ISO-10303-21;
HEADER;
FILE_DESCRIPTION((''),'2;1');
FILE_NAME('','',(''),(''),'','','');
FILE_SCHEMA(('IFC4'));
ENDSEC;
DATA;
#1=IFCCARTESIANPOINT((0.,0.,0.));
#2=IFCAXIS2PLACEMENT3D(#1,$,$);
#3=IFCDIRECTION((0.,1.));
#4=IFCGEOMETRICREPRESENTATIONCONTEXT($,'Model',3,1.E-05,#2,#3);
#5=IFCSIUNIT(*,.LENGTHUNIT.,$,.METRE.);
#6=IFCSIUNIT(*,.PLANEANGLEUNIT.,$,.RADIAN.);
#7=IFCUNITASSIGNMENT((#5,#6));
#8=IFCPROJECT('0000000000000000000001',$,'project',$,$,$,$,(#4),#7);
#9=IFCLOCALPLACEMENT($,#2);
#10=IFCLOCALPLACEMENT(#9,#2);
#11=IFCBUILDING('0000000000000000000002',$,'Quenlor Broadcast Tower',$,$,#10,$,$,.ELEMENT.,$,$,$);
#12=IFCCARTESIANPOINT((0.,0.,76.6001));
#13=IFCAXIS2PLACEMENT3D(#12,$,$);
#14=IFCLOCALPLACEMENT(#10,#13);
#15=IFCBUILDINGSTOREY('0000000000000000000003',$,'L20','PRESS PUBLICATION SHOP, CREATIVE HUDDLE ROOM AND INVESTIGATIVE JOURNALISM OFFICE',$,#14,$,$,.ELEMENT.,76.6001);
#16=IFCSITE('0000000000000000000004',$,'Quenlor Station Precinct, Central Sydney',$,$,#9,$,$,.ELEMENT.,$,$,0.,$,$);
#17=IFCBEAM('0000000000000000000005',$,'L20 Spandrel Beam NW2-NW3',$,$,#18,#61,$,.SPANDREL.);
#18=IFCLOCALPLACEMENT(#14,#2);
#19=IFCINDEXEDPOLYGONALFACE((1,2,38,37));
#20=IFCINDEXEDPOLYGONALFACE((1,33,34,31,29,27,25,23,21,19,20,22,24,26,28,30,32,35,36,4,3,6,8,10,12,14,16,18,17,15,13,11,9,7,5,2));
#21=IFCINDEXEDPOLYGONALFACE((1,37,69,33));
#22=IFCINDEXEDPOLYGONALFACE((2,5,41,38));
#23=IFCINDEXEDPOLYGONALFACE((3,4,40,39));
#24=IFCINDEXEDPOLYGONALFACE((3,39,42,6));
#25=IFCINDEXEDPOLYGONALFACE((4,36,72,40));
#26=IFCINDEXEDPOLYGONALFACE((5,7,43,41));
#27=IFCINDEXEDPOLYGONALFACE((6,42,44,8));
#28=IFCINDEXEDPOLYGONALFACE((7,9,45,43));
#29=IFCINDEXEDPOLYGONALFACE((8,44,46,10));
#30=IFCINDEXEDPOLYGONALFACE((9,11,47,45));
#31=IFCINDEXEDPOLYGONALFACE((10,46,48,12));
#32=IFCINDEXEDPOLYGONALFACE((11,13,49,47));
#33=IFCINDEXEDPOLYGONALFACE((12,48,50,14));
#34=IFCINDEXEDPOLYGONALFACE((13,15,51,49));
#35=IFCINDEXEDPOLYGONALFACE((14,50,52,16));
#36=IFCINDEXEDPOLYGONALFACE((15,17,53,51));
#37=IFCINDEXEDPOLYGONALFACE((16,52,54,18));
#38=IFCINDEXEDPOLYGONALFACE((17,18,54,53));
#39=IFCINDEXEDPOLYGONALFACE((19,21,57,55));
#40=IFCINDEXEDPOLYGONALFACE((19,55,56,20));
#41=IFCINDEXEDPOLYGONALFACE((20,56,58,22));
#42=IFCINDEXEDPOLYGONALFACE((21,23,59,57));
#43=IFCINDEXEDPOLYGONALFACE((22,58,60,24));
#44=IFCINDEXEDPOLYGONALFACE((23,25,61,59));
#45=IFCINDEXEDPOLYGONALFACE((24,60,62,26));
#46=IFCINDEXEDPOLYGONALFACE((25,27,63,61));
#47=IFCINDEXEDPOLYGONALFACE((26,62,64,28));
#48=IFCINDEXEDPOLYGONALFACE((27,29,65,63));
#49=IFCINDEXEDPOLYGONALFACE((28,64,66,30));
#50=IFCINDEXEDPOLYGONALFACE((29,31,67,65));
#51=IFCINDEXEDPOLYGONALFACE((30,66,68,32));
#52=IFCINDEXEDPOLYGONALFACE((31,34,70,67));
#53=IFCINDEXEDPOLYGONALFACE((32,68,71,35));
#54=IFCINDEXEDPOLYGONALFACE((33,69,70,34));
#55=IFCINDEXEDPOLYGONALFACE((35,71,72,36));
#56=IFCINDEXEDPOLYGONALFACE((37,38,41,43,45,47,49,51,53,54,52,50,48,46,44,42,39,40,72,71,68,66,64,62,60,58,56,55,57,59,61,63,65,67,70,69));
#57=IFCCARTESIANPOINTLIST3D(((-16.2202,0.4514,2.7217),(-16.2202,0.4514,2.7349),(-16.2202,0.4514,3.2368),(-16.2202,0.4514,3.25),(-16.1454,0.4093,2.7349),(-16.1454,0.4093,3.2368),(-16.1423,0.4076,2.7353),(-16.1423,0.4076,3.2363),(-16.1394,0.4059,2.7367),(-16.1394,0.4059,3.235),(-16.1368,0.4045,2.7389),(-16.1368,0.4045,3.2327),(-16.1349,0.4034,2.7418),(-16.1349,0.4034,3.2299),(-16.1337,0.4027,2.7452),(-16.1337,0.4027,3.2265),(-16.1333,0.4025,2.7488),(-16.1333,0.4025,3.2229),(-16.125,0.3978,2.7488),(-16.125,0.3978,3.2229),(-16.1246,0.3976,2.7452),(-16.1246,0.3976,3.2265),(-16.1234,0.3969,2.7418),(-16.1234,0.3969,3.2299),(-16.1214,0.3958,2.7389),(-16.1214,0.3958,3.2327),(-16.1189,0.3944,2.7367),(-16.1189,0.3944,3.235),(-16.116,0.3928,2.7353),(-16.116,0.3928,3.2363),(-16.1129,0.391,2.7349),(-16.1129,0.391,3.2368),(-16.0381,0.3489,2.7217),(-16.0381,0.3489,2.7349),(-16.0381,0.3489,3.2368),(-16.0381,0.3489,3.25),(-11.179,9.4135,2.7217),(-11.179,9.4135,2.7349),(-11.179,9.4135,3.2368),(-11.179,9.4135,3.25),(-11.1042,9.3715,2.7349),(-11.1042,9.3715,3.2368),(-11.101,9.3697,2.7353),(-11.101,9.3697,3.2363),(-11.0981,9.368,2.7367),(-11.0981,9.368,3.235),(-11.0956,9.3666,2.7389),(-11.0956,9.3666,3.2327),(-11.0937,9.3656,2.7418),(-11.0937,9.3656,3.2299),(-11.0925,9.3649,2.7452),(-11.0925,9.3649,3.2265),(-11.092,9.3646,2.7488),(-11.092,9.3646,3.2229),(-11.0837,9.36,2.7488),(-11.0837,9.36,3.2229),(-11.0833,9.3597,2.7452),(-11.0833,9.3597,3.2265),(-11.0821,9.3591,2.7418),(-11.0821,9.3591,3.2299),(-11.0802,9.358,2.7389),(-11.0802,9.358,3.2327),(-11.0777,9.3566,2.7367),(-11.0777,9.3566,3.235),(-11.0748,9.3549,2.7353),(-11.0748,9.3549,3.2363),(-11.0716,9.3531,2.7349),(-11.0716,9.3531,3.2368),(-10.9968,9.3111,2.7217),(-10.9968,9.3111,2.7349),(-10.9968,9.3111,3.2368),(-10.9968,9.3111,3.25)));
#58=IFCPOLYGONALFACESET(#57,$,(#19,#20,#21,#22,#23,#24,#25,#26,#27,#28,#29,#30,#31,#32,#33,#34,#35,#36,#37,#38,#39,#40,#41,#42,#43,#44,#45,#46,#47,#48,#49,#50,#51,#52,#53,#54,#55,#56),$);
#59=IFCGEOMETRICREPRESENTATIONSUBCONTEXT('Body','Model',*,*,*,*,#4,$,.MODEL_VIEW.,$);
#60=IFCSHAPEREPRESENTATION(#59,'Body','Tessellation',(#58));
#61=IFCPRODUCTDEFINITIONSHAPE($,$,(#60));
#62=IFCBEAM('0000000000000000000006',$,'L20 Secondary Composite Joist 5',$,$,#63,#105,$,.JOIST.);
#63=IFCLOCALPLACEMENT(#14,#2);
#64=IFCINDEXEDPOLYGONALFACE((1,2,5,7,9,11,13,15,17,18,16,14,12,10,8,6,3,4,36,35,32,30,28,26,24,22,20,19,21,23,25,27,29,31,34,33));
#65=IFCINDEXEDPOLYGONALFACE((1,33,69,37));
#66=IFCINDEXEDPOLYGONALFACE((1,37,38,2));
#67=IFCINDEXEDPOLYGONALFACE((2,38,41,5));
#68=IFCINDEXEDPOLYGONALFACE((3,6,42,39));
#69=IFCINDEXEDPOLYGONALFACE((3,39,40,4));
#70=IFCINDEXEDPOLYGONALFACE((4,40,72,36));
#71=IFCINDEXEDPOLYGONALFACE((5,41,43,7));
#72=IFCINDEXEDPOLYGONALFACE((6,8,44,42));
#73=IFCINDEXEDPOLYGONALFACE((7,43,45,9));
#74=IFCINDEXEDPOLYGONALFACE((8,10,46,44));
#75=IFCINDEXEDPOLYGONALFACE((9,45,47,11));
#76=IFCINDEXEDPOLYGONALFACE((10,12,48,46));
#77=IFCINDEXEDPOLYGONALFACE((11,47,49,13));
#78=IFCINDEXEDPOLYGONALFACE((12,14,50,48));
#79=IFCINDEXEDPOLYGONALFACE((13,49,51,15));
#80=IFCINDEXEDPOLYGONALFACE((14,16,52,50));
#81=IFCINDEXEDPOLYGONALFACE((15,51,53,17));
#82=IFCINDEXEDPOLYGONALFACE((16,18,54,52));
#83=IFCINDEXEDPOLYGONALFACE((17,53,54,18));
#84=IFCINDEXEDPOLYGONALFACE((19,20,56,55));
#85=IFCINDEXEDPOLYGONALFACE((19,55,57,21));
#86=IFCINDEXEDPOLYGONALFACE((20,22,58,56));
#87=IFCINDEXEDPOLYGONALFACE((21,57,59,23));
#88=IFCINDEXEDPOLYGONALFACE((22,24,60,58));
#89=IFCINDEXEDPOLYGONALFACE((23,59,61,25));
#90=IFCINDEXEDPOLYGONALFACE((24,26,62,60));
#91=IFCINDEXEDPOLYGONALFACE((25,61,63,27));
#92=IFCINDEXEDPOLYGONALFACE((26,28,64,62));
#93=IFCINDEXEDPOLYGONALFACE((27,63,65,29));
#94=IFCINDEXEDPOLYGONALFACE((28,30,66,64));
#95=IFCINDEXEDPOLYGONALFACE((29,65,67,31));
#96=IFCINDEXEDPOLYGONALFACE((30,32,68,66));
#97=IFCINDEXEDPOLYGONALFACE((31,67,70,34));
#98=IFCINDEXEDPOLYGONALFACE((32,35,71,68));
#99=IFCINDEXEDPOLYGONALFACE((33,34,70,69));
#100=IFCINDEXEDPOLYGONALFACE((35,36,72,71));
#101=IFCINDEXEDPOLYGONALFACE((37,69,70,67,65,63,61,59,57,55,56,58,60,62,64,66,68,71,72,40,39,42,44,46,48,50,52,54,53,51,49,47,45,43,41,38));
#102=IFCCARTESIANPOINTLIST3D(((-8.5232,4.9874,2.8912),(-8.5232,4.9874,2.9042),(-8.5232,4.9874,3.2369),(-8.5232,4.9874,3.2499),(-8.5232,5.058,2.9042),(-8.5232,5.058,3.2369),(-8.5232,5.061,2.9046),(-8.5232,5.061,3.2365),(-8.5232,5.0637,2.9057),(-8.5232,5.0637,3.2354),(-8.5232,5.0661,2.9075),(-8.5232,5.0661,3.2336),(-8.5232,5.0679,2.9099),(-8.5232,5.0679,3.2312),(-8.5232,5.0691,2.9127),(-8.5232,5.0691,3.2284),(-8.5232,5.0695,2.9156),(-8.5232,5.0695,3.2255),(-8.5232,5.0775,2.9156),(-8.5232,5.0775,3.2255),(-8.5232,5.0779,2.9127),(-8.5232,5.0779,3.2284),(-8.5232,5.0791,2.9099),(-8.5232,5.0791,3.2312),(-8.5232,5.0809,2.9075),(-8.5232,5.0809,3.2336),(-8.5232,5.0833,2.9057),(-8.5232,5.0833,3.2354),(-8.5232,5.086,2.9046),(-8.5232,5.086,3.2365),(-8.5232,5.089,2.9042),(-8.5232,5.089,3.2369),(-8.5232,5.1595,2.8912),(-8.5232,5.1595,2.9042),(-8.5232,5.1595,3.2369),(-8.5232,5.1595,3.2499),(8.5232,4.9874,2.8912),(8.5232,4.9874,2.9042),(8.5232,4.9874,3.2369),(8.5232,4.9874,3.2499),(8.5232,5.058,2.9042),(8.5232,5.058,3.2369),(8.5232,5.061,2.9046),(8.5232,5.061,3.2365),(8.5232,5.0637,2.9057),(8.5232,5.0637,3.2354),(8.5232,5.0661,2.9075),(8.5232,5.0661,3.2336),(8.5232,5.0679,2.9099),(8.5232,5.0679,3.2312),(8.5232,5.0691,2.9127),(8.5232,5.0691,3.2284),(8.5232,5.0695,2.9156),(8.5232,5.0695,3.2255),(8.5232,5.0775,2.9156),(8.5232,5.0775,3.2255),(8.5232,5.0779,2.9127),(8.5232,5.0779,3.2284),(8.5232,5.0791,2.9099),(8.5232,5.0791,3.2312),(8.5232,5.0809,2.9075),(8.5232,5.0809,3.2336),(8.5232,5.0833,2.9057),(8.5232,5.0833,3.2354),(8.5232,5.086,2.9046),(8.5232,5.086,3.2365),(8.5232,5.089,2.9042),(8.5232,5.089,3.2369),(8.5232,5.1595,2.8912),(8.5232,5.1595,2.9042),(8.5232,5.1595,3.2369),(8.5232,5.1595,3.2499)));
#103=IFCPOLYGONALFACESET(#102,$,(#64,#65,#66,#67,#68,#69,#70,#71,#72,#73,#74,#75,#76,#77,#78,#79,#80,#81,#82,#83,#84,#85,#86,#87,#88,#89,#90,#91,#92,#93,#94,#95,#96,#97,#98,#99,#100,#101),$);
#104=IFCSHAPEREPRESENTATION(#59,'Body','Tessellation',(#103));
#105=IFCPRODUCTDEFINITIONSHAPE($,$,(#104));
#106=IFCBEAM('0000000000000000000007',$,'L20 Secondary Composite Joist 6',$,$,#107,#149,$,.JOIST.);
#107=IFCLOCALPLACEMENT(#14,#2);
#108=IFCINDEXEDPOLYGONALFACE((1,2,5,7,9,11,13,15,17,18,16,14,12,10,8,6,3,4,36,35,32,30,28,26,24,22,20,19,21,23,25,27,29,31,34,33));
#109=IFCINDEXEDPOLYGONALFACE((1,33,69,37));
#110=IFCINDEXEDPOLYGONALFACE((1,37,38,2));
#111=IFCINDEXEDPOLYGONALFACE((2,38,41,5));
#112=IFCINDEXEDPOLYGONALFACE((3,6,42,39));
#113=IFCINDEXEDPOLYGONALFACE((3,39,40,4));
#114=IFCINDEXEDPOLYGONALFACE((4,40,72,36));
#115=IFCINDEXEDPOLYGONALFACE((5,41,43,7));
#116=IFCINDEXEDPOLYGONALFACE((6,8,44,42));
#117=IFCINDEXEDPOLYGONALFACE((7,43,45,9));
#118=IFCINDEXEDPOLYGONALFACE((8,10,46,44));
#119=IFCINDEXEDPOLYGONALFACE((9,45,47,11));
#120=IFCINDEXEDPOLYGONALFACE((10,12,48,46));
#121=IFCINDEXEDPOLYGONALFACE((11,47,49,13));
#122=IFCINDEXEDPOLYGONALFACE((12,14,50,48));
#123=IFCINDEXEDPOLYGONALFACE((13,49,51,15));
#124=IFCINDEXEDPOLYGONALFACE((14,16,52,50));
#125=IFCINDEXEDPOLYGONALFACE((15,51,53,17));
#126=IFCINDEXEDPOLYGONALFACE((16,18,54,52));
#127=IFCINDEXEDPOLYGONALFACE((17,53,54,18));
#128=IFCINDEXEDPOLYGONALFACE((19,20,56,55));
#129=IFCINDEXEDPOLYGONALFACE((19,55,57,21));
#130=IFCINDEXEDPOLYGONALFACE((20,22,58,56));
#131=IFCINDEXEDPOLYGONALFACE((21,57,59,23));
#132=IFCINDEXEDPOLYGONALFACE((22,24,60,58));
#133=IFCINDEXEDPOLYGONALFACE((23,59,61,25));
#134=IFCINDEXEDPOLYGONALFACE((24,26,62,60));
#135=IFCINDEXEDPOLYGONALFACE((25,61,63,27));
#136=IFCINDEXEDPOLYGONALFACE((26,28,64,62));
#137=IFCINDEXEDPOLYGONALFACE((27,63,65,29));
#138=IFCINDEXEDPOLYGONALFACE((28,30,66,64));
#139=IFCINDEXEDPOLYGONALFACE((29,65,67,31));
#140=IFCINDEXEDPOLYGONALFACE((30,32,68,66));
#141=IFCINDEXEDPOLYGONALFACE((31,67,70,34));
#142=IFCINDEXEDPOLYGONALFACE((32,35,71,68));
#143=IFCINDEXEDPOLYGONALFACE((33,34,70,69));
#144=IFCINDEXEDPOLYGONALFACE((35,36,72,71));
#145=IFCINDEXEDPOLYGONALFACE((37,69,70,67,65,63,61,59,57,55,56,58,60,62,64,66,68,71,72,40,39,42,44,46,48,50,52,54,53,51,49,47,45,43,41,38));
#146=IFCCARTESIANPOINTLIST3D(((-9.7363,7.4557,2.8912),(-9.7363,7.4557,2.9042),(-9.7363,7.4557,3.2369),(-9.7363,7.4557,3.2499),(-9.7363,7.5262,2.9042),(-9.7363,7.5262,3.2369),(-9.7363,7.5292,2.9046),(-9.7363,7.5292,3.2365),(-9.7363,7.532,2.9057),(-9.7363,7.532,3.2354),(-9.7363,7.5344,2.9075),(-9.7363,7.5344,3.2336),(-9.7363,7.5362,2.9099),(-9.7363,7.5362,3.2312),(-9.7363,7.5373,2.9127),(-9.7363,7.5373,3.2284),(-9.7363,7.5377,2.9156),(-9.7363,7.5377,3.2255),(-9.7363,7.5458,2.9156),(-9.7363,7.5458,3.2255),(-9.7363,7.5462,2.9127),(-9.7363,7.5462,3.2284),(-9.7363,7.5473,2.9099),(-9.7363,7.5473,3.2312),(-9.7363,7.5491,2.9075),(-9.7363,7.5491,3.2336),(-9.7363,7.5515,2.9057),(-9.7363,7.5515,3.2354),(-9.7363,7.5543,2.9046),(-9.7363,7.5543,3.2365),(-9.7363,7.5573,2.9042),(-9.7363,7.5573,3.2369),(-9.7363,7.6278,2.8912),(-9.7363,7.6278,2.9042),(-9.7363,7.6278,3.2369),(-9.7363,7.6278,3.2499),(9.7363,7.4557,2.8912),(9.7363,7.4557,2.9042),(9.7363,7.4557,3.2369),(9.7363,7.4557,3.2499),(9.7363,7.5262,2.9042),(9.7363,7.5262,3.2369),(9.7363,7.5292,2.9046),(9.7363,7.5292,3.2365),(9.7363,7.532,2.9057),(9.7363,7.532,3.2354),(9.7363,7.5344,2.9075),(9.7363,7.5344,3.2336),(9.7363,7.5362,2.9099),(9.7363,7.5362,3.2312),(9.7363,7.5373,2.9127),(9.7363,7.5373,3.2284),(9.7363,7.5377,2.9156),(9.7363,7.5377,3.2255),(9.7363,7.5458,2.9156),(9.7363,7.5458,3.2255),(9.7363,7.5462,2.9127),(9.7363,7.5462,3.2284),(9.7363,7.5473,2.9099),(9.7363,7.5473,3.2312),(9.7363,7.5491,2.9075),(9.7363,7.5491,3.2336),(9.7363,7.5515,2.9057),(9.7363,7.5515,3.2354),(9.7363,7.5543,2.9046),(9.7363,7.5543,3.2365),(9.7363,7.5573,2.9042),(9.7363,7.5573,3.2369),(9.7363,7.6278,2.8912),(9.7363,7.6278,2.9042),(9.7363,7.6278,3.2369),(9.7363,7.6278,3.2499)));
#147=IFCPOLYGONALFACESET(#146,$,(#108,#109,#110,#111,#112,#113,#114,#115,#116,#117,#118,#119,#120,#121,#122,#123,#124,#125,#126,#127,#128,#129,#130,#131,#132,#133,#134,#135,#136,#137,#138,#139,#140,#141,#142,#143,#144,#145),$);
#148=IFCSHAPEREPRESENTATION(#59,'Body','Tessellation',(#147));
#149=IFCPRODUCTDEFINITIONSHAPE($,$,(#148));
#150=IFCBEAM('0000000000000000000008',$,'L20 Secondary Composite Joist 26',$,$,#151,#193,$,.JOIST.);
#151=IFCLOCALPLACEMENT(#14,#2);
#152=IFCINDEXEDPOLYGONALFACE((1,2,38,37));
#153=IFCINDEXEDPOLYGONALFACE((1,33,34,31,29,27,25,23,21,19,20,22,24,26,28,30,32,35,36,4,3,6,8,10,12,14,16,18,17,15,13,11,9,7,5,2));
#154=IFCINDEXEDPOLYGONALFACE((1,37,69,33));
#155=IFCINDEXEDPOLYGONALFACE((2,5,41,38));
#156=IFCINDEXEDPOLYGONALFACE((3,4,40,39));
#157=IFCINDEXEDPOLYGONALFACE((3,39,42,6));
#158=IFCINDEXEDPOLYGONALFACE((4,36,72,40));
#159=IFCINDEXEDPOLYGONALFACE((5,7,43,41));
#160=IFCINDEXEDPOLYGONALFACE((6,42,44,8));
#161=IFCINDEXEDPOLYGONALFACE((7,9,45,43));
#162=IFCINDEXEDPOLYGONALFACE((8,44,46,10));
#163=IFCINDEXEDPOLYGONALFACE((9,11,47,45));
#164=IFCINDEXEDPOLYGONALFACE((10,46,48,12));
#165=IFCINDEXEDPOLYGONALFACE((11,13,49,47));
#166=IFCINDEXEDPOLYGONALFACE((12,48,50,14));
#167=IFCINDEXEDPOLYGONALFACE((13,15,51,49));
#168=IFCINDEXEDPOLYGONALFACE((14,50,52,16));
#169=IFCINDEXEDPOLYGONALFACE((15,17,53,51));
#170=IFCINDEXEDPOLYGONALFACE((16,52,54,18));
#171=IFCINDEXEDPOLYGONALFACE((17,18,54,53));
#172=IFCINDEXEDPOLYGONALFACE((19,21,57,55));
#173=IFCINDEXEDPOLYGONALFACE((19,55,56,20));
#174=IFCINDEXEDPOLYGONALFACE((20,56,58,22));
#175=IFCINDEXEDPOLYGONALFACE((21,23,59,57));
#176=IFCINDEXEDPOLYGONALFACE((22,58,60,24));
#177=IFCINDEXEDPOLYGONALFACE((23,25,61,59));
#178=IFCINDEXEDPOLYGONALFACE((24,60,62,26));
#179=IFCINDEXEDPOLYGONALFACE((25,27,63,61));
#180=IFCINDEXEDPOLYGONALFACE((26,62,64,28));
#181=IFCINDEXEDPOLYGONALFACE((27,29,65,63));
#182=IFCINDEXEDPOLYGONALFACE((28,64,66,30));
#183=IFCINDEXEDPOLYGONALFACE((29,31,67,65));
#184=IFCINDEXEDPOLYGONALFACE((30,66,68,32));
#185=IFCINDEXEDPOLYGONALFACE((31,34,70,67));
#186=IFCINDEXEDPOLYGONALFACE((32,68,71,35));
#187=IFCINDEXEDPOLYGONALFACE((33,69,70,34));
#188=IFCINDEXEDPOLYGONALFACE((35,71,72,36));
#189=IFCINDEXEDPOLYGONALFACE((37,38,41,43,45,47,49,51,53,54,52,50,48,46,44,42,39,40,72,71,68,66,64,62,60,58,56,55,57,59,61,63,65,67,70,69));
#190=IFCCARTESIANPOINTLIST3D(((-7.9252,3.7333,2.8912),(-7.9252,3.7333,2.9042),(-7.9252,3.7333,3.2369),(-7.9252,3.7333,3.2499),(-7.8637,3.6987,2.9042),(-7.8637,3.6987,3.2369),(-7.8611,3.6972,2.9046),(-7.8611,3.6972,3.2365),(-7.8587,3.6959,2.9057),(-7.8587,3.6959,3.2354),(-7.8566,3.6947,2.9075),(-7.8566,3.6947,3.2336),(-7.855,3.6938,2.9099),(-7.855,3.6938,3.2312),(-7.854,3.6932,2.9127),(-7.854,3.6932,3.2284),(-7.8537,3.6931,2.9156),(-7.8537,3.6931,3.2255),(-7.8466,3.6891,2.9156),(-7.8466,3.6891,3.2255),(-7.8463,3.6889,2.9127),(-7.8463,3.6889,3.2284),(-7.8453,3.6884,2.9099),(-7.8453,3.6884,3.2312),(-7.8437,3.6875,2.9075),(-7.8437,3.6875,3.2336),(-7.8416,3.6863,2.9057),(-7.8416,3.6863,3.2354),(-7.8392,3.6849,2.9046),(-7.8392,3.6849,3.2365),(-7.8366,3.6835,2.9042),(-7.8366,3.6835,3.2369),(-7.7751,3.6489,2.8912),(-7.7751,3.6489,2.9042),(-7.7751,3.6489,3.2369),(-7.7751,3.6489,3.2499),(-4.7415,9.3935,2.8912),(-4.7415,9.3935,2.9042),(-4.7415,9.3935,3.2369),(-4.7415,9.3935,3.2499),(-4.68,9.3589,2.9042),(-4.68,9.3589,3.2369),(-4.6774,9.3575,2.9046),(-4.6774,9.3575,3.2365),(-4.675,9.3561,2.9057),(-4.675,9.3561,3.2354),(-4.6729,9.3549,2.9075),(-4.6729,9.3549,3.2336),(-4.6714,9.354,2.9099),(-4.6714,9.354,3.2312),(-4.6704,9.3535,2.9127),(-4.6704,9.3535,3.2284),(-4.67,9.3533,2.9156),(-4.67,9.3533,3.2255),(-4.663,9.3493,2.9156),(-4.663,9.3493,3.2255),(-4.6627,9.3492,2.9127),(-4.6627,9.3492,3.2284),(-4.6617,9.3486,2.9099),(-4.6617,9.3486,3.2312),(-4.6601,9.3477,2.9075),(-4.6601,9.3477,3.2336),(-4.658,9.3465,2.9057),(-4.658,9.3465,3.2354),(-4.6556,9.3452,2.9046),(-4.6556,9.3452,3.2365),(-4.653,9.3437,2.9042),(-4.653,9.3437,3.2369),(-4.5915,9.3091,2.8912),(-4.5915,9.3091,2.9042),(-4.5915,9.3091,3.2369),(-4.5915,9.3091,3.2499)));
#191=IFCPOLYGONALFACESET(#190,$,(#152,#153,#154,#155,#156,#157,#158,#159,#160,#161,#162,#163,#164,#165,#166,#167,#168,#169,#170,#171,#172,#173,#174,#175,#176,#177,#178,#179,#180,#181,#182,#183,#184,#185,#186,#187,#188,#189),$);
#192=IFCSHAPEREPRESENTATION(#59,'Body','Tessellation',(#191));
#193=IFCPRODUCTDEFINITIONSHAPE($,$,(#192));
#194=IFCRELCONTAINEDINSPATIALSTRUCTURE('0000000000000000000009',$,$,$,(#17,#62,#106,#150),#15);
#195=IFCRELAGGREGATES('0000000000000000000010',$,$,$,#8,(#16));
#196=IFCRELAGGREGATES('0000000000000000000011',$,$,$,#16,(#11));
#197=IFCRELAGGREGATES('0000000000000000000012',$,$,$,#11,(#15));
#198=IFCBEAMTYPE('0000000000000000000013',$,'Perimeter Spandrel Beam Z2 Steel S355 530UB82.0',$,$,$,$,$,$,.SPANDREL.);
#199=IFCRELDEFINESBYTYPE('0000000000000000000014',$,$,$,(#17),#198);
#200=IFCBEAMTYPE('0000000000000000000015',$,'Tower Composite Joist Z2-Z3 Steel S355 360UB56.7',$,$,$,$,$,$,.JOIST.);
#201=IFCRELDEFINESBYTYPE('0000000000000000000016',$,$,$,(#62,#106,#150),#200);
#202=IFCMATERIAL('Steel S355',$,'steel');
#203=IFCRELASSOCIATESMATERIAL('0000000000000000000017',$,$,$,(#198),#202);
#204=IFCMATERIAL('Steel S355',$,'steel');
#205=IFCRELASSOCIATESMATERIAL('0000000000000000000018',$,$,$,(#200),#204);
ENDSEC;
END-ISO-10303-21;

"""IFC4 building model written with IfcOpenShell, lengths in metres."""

from ifc_helpers import new_model, si_unit, direction, frame, origin, origin_2d, place, context, subcontext, project, spatial, i_section, extrude, material, material_profile, profile_set, type_object, element, save


model = new_model("IFC4")

# Units and contexts
model_context = context("Model", 3, precision=1e-05, world=origin(), true_north=direction((0.0, 1.0)))
body_context = subcontext(model_context, "Body", "Model", "MODEL_VIEW")
ifc_project = project(units=[si_unit("LENGTHUNIT", "METRE"), si_unit("PLANEANGLEUNIT", "RADIAN")], contexts=[model_context])

# Site, building, storey
site_placement = place(None, origin())
site = spatial("IfcSite", under=ifc_project, at=site_placement, Name="Quenlor Station Precinct, Central Sydney", CompositionType="ELEMENT", RefElevation=0.0)
building_placement = place(site_placement, origin())
building = spatial("IfcBuilding", under=site, at=building_placement, Name="Quenlor Broadcast Tower", CompositionType="ELEMENT")
storey_placement = place(building_placement, frame((0.0, 0.0, 76.6001)))
storey = spatial("IfcBuildingStorey", under=building, at=storey_placement, Name="L20", Description="PRESS PUBLICATION SHOP, CREATIVE HUDDLE ROOM AND INVESTIGATIVE JOURNALISM OFFICE", CompositionType="ELEMENT", Elevation=76.6001)

# Beams
ifc_material_1 = material(Name="Steel S355", Category="steel")
ifc_material_profile_1 = material_profile(ifc_material_1, i_section(OverallWidth=0.209, OverallDepth=0.5283, WebThickness=0.0095, FlangeThickness=0.0132, FilletRadius=0.0139, at=origin_2d()))
ifc_profile_set_1 = profile_set([ifc_material_profile_1], Name="Steel S355 530UB82.0")
beam_type_1 = type_object("IfcBeamType", Name="Perimeter Spandrel Beam Z2 Steel S355 530UB82.0", PredefinedType="SPANDREL", material=ifc_profile_set_1)
beam_1_placement = place(storey_placement, frame((-11.0879, 9.3623, 2.9858), z_axis=(-0.490265, -0.871574, 0.0), x_axis=(0.871574, -0.490265, 0.0)))
element("IfcBeam", 1, at=beam_1_placement, inside=storey, type_object=beam_type_1, Name="L20 Spandrel Beam NW2-NW3", PredefinedType="SPANDREL", context=body_context, shape_type="SweptSolid", body=[
    extrude(i_section(OverallWidth=0.209, OverallDepth=0.5283, WebThickness=0.0095, FlangeThickness=0.0132, FilletRadius=0.0139, at=origin_2d()), origin(), (0.0, 0.0, 1.0), 10.2827),
])
ifc_material_2 = material(Name="Steel S355", Category="steel")
ifc_material_profile_2 = material_profile(ifc_material_2, i_section(OverallWidth=0.1721, OverallDepth=0.3586, WebThickness=0.0081, FlangeThickness=0.0129, FilletRadius=0.0115, at=origin_2d()))
ifc_profile_set_2 = profile_set([ifc_material_profile_2], Name="Steel S355 360UB56.7")
beam_type_2 = type_object("IfcBeamType", Name="Tower Composite Joist Z2-Z3 Steel S355 360UB56.7", PredefinedType="JOIST", material=ifc_profile_set_2)
beam_2_placement = place(storey_placement, frame((-8.5232, 5.0735, 3.0706), z_axis=(1.0, 0.0, 0.0), x_axis=(0.0, 1.0, 0.0)))
element("IfcBeam", 2, at=beam_2_placement, inside=storey, type_object=beam_type_2, Name="L20 Secondary Composite Joist 5", PredefinedType="JOIST", context=body_context, shape_type="SweptSolid", body=[
    extrude(i_section(OverallWidth=0.1721, OverallDepth=0.3586, WebThickness=0.0081, FlangeThickness=0.0129, FilletRadius=0.0115, at=origin_2d()), origin(), (0.0, 0.0, 1.0), 17.0464),
])
beam_3_placement = place(storey_placement, frame((-9.7363, 7.5417, 3.0706), z_axis=(1.0, 0.0, 0.0), x_axis=(0.0, 1.0, 0.0)))
element("IfcBeam", 3, at=beam_3_placement, inside=storey, type_object=beam_type_2, Name="L20 Secondary Composite Joist 6", PredefinedType="JOIST", context=body_context, shape_type="SweptSolid", body=[
    extrude(i_section(OverallWidth=0.1721, OverallDepth=0.3586, WebThickness=0.0081, FlangeThickness=0.0129, FilletRadius=0.0115, at=origin_2d()), origin(), (0.0, 0.0, 1.0), 19.4727),
])
beam_4_placement = place(storey_placement, frame((-4.6665, 9.3513, 3.0706), z_axis=(-0.490233, -0.871592, 0.0), x_axis=(0.871592, -0.490233, 0.0)))
element("IfcBeam", 4, at=beam_4_placement, inside=storey, type_object=beam_type_2, Name="L20 Secondary Composite Joist 26", PredefinedType="JOIST", context=body_context, shape_type="SweptSolid", body=[
    extrude(i_section(OverallWidth=0.1721, OverallDepth=0.3586, WebThickness=0.0081, FlangeThickness=0.0129, FilletRadius=0.0115, at=origin_2d()), origin(), (0.0, 0.0, 1.0), 6.4941),
])

save(model, "model.ifc")
